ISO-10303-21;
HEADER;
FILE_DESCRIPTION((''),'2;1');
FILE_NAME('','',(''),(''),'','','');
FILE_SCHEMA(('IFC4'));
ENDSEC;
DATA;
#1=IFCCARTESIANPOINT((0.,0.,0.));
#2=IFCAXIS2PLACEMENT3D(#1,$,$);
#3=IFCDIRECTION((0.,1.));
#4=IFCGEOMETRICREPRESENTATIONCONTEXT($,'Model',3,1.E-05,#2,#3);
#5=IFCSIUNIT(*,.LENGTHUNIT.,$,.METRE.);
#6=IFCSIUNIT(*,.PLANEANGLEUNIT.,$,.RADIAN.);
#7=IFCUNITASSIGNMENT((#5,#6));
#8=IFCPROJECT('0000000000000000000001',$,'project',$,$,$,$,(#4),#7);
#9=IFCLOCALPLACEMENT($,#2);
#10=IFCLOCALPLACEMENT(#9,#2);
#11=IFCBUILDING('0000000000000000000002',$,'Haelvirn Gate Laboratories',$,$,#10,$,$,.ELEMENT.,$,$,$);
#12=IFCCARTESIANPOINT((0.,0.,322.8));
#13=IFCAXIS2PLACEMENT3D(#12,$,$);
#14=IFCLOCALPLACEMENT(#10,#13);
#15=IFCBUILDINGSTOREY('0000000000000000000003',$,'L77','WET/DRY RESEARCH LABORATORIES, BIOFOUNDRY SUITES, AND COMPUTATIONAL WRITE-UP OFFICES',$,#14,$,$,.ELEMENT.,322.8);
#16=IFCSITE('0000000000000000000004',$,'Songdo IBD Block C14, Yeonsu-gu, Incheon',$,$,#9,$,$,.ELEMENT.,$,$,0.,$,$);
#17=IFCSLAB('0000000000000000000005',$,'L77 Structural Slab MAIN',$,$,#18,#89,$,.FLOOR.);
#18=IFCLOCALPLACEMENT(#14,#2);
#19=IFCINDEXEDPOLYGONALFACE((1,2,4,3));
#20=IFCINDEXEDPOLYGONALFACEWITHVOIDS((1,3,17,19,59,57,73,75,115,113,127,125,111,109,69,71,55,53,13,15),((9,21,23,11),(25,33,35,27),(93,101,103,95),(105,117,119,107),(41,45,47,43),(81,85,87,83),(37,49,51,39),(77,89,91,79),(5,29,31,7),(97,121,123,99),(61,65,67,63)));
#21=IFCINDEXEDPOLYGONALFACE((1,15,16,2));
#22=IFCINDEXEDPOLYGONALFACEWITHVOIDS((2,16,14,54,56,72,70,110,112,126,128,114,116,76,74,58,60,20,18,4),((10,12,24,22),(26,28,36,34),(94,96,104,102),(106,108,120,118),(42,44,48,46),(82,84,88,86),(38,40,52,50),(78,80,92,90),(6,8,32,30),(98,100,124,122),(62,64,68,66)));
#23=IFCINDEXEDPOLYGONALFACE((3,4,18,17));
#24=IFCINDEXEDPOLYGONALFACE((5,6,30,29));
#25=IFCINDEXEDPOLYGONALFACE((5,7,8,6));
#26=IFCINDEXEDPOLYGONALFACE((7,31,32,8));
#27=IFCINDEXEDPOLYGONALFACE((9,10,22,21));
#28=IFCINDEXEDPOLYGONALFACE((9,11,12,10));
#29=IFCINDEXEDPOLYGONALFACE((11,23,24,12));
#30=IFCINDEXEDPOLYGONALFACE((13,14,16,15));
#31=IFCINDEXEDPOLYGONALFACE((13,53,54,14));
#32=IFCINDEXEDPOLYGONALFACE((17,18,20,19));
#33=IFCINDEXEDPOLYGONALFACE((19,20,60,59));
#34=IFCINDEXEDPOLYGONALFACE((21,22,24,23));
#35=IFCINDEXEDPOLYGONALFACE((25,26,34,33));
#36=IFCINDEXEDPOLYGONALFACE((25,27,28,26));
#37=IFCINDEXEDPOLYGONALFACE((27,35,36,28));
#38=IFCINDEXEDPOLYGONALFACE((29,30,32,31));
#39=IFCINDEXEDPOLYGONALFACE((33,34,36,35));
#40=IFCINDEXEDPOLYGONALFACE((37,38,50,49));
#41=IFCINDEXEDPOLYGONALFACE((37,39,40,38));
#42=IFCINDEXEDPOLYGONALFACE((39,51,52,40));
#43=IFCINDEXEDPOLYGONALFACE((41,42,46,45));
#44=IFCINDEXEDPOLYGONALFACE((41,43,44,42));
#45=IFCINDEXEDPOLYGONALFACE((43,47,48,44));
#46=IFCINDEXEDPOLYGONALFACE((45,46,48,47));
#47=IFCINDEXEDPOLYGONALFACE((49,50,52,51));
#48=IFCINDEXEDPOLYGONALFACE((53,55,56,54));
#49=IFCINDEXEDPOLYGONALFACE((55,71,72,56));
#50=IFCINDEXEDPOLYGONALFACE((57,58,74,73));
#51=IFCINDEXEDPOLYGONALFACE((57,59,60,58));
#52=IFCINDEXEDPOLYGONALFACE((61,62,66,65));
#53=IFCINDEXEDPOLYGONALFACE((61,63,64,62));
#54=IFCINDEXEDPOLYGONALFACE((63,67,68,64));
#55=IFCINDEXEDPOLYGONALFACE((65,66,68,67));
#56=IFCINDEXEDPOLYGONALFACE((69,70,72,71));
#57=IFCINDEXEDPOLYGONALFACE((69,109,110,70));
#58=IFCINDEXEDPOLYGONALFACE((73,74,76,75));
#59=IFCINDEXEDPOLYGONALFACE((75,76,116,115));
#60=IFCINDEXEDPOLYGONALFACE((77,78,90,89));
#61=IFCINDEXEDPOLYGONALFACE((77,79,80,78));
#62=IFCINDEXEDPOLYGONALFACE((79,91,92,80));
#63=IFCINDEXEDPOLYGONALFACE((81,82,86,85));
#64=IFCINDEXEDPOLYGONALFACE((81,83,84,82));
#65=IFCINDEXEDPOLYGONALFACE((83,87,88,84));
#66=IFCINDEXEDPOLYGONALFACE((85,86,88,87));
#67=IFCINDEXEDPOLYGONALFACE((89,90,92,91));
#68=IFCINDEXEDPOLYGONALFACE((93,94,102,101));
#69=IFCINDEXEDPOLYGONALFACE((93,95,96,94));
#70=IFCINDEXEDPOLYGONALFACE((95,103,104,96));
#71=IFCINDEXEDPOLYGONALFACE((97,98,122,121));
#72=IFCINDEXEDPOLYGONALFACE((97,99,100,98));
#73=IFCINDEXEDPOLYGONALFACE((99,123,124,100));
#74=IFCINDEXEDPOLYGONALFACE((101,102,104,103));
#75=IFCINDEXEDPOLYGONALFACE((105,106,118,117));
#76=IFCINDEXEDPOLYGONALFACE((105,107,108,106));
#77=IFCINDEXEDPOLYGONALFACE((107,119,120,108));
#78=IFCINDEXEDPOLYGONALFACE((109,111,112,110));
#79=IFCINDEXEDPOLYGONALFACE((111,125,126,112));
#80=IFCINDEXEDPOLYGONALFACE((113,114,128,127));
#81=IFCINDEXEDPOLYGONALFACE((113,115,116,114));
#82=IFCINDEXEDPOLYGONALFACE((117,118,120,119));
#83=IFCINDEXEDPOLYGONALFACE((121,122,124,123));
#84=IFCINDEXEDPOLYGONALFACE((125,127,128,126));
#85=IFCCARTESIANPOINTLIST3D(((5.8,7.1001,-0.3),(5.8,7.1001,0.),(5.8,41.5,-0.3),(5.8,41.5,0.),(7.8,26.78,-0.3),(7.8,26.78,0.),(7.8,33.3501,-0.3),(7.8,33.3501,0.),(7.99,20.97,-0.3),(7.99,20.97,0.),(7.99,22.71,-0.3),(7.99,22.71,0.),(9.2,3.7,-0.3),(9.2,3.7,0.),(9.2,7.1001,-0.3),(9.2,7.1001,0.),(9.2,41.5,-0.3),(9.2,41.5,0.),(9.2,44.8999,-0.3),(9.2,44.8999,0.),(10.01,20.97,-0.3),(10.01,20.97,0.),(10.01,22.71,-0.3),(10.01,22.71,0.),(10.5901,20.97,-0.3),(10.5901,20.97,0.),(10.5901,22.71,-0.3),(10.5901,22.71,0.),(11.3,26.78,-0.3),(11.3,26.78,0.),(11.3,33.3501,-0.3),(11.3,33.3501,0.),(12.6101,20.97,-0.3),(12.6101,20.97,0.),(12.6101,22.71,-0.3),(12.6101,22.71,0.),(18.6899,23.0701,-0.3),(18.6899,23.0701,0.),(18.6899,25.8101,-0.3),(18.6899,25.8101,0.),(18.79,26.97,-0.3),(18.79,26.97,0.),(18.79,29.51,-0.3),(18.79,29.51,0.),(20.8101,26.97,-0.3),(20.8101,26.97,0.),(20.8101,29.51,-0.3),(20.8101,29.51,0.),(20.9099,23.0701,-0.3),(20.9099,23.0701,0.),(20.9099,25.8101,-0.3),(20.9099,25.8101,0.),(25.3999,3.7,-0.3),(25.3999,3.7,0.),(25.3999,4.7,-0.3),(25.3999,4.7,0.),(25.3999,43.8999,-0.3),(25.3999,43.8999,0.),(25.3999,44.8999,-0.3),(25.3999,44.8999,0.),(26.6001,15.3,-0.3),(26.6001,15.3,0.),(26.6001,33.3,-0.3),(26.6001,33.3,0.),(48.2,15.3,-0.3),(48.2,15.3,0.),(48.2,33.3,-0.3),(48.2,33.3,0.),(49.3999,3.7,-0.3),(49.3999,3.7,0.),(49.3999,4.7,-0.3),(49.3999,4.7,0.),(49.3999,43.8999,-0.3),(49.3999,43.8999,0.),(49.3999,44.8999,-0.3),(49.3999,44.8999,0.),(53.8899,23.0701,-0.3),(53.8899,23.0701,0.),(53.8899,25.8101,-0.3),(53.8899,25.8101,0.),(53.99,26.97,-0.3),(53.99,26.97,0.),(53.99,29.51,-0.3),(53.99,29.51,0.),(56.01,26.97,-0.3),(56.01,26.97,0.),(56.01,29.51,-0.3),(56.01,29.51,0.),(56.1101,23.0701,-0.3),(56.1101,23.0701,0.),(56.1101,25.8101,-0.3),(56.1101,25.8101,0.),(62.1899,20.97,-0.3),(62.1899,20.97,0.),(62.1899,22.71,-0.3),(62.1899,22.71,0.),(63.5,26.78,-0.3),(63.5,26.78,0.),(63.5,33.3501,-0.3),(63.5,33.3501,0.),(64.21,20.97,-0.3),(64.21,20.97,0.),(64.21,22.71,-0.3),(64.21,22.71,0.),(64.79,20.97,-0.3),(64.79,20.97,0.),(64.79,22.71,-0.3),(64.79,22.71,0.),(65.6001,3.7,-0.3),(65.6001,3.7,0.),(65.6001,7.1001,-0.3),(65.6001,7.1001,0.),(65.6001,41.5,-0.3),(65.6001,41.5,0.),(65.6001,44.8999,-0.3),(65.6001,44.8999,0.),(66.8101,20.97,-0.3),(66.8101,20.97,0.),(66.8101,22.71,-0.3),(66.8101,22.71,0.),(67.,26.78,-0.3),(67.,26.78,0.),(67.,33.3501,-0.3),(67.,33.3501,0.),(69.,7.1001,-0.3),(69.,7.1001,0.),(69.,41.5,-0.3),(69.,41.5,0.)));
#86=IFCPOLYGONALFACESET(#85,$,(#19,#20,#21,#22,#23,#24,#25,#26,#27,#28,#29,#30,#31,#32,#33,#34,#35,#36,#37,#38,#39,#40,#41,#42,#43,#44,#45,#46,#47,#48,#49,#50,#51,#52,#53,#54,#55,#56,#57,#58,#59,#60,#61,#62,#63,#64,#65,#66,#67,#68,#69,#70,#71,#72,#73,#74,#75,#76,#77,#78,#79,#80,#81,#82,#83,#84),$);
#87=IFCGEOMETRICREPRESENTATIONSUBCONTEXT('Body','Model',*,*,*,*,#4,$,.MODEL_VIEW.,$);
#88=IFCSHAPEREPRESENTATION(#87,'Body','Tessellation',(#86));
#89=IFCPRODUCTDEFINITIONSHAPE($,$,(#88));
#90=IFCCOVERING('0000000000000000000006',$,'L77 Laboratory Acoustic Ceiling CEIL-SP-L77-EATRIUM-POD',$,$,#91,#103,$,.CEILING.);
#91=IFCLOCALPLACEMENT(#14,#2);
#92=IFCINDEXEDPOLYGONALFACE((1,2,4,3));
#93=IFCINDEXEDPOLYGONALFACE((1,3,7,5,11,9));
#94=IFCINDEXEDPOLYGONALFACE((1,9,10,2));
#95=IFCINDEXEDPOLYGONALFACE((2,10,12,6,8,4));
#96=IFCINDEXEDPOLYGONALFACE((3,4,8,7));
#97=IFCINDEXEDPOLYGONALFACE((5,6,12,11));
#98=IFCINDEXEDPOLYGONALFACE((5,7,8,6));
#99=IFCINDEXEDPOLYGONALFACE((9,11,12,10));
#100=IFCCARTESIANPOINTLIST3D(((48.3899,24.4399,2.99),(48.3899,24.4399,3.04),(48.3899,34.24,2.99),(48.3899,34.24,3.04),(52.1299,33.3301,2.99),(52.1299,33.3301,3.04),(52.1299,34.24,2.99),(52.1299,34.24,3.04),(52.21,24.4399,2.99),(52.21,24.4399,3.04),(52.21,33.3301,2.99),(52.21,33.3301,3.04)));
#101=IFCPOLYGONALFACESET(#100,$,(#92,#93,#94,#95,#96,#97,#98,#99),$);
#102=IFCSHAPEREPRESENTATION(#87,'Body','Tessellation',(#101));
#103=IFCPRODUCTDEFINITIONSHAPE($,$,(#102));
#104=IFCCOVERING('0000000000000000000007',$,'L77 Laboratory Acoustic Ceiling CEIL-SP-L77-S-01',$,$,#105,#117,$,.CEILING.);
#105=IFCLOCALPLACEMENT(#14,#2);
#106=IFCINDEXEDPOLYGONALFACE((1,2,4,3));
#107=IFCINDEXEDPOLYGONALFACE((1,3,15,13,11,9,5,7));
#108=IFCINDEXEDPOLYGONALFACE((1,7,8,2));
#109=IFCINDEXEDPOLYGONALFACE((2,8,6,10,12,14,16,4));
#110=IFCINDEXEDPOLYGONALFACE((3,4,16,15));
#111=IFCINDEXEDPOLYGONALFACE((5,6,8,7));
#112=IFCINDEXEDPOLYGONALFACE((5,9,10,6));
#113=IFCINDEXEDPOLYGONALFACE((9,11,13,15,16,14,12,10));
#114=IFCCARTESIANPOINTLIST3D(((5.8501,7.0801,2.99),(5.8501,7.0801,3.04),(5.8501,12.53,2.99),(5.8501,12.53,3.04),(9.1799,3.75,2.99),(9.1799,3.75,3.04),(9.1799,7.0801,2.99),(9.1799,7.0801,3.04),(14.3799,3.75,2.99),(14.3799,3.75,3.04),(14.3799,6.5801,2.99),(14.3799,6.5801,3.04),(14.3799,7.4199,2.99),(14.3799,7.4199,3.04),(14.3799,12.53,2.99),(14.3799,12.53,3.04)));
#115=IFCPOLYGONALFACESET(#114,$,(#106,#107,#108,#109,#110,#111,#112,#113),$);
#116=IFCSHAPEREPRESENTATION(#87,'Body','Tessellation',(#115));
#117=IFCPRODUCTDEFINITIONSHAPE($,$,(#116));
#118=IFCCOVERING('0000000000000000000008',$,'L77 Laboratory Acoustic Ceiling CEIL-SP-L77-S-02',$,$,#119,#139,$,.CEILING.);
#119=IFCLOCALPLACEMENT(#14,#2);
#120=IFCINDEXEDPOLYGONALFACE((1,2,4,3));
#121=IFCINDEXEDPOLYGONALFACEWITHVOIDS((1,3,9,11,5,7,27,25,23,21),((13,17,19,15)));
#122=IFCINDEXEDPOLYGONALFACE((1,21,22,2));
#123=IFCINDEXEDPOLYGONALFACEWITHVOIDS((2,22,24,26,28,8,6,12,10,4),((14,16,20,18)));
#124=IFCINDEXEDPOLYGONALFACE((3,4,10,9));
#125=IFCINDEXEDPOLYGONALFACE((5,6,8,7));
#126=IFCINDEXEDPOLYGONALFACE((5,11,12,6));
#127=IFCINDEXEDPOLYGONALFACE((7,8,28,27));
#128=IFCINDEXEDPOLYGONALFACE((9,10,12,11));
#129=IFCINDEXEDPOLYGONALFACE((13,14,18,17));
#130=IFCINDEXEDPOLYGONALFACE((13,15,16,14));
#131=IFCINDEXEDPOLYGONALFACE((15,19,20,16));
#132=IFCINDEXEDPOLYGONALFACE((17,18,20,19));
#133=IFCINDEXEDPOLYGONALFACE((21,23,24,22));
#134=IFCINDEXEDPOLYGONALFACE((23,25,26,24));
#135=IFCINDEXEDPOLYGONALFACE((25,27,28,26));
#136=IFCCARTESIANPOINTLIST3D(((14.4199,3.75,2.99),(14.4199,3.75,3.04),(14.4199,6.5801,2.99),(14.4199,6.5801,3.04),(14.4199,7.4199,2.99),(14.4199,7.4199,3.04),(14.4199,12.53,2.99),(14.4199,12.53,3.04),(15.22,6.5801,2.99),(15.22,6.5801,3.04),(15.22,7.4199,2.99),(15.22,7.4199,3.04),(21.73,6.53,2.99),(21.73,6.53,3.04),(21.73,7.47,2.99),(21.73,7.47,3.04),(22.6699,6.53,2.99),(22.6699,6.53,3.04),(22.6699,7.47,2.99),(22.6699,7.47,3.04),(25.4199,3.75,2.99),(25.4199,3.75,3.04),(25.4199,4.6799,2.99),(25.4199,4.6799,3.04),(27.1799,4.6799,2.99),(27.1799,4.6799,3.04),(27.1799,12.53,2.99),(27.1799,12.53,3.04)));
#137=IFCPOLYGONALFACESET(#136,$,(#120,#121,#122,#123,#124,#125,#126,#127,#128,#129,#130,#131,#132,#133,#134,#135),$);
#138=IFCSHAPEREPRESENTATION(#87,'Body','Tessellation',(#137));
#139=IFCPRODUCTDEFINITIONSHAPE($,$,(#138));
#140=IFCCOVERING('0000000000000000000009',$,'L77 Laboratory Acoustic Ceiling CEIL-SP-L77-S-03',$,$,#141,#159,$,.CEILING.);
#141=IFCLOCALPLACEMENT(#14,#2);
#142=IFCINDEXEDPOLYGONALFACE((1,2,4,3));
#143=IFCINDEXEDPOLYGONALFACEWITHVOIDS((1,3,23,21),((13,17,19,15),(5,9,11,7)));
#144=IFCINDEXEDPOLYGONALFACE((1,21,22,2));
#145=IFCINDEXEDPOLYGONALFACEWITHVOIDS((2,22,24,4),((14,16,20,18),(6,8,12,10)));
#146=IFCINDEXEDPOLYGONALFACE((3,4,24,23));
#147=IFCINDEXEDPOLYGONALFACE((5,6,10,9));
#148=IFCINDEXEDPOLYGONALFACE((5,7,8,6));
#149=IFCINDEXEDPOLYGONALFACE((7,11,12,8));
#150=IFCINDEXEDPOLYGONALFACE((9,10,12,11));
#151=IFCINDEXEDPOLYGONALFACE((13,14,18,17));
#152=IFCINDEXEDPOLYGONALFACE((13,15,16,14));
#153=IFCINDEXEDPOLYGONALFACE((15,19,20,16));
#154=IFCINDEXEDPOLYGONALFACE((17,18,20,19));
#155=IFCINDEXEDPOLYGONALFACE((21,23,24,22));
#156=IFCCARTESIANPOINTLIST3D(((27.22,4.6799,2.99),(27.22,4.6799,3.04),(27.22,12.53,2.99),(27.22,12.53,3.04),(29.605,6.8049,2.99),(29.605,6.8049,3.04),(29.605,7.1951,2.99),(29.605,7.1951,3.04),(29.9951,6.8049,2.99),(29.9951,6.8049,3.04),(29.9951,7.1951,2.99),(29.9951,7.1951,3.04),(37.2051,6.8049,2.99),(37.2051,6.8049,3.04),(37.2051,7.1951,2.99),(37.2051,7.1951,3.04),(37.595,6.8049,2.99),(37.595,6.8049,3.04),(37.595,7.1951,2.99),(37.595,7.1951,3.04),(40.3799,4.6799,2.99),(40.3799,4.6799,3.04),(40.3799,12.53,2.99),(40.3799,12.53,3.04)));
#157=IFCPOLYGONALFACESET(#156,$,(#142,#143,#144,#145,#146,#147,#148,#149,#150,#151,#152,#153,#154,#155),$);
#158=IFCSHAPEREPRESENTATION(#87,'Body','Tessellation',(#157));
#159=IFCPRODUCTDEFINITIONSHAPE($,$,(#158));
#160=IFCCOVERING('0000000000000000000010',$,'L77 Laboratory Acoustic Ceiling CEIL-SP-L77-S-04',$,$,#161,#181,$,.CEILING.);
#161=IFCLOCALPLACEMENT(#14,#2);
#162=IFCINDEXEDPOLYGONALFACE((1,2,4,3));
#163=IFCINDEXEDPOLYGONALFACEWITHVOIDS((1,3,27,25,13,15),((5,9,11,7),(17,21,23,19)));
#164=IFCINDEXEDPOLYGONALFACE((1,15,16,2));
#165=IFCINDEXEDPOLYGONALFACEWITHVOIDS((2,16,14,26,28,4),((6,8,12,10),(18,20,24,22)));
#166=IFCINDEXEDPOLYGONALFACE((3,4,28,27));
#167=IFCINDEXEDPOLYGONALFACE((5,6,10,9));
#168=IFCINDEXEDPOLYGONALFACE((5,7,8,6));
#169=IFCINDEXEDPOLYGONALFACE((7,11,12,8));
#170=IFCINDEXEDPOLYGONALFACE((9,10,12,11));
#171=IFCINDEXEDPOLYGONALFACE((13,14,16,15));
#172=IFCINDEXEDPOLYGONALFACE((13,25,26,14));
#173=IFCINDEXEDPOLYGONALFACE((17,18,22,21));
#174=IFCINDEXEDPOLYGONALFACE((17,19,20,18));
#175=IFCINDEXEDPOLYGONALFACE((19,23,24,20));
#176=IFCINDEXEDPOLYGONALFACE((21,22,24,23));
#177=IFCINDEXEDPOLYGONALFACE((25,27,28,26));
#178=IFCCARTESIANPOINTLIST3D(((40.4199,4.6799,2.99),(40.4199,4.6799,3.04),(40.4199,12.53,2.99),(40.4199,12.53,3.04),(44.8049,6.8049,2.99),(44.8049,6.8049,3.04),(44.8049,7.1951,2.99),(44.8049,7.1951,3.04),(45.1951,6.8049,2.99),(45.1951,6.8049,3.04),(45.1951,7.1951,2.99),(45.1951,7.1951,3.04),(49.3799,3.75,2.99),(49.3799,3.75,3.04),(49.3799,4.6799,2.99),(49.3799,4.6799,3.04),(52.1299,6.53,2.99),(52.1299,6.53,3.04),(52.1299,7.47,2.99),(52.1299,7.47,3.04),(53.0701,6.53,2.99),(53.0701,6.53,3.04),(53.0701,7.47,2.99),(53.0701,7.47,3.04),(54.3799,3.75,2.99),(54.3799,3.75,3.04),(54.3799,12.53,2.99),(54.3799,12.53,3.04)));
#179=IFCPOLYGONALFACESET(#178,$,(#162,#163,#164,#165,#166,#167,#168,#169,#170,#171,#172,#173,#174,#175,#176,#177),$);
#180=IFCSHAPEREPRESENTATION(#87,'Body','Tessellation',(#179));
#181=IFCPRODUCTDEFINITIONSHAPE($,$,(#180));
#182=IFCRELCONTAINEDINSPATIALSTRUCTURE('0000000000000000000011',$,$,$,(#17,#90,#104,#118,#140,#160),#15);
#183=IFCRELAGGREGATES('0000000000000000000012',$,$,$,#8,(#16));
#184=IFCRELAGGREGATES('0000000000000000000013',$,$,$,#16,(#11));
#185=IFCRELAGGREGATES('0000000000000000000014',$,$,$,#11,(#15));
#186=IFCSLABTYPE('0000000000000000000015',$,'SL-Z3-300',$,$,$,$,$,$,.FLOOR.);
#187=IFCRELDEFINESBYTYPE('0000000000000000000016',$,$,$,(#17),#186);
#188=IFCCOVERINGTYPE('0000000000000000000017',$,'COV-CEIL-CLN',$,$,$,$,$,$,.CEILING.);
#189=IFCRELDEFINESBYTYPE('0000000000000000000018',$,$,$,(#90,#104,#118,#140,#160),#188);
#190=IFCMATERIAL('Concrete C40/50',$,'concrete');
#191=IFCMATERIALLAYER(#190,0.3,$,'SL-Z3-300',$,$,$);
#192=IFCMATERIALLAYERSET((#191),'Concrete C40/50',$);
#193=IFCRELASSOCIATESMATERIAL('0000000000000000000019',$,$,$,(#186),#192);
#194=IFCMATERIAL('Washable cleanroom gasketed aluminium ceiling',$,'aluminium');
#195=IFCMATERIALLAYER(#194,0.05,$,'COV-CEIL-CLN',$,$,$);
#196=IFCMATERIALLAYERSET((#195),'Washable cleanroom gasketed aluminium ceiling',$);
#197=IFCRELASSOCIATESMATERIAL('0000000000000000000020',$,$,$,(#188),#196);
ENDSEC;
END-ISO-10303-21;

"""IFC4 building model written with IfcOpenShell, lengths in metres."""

from ifc_helpers import new_model, si_unit, direction, frame, origin, place, context, subcontext, project, spatial, polyline, outline, extrude, material, layer, layer_set, type_object, element, save


model = new_model("IFC4")

# Units and contexts
model_context = context("Model", 3, precision=1e-05, world=origin(), true_north=direction((0.0, 1.0)))
body_context = subcontext(model_context, "Body", "Model", "MODEL_VIEW")
ifc_project = project(units=[si_unit("LENGTHUNIT", "METRE"), si_unit("PLANEANGLEUNIT", "RADIAN")], contexts=[model_context])

# Site, building, storey
site_placement = place(None, origin())
site = spatial("IfcSite", under=ifc_project, at=site_placement, Name="Songdo IBD Block C14, Yeonsu-gu, Incheon", CompositionType="ELEMENT", RefElevation=0.0)
building_placement = place(site_placement, origin())
building = spatial("IfcBuilding", under=site, at=building_placement, Name="Haelvirn Gate Laboratories", CompositionType="ELEMENT")
storey_placement = place(building_placement, frame((0.0, 0.0, 322.8)))
storey = spatial("IfcBuildingStorey", under=building, at=storey_placement, Name="L77", Description="WET/DRY RESEARCH LABORATORIES, BIOFOUNDRY SUITES, AND COMPUTATIONAL WRITE-UP OFFICES", CompositionType="ELEMENT", Elevation=322.8)

# Slab
ifc_material_1 = material(Name="Concrete C40/50", Category="concrete")
ifc_layer_1 = layer(ifc_material_1, 0.3, Name="SL-Z3-300")
ifc_layer_set_1 = layer_set([ifc_layer_1], Name="Concrete C40/50")
slab_type = type_object("IfcSlabType", Name="SL-Z3-300", PredefinedType="FLOOR", material=ifc_layer_set_1)
slab_placement = place(storey_placement, frame((0.0, 0.0, -0.3)))
element("IfcSlab", 1, at=slab_placement, inside=storey, type_object=slab_type, Name="L77 Structural Slab MAIN", PredefinedType="FLOOR", context=body_context, shape_type="SweptSolid", body=[
    extrude(outline(polyline([(9.2, 3.7), (25.3999, 3.7), (25.3999, 4.7), (49.3999, 4.7), (49.3999, 3.7), (65.6001, 3.7), (65.6001, 7.1001), (69.0, 7.1001), (69.0, 41.5), (65.6001, 41.5), (65.6001, 44.8999), (49.3999, 44.8999), (49.3999, 43.8999), (25.3999, 43.8999), (25.3999, 44.8999), (9.2, 44.8999), (9.2, 41.5), (5.8, 41.5), (5.8, 7.1001), (9.2, 7.1001), (9.2, 3.7)]), holes=[polyline([(26.6001, 15.3), (48.2, 15.3), (48.2, 33.3), (26.6001, 33.3), (26.6001, 15.3)]), polyline([(11.3, 26.78), (11.3, 33.3501), (7.8, 33.3501), (7.8, 26.78), (11.3, 26.78)]), polyline([(67.0, 26.78), (67.0, 33.3501), (63.5, 33.3501), (63.5, 26.78), (67.0, 26.78)]), polyline([(7.99, 20.97), (10.01, 20.97), (10.01, 22.71), (7.99, 22.71), (7.99, 20.97)]), polyline([(10.5901, 20.97), (12.6101, 20.97), (12.6101, 22.71), (10.5901, 22.71), (10.5901, 20.97)]), polyline([(18.79, 26.97), (20.8101, 26.97), (20.8101, 29.51), (18.79, 29.51), (18.79, 26.97)]), polyline([(18.6899, 23.0701), (20.9099, 23.0701), (20.9099, 25.8101), (18.6899, 25.8101), (18.6899, 23.0701)]), polyline([(64.79, 20.97), (66.8101, 20.97), (66.8101, 22.71), (64.79, 22.71), (64.79, 20.97)]), polyline([(62.1899, 20.97), (64.21, 20.97), (64.21, 22.71), (62.1899, 22.71), (62.1899, 20.97)]), polyline([(53.99, 26.97), (56.01, 26.97), (56.01, 29.51), (53.99, 29.51), (53.99, 26.97)]), polyline([(53.8899, 23.0701), (56.1101, 23.0701), (56.1101, 25.8101), (53.8899, 25.8101), (53.8899, 23.0701)])]), origin(), (0.0, 0.0, 1.0), 0.3),
])

# Coverings
ifc_material_2 = material(Name="Washable cleanroom gasketed aluminium ceiling", Category="aluminium")
ifc_layer_2 = layer(ifc_material_2, 0.05, Name="COV-CEIL-CLN")
ifc_layer_set_2 = layer_set([ifc_layer_2], Name="Washable cleanroom gasketed aluminium ceiling")
covering_type_1 = type_object("IfcCoveringType", Name="COV-CEIL-CLN", PredefinedType="CEILING", material=ifc_layer_set_2)
covering_1_placement = place(storey_placement, frame((0.0, 0.0, 2.99)))
element("IfcCovering", 2, at=covering_1_placement, inside=storey, type_object=covering_type_1, Name="L77 Laboratory Acoustic Ceiling CEIL-SP-L77-EATRIUM-POD", PredefinedType="CEILING", context=body_context, shape_type="SweptSolid", body=[
    extrude(outline(polyline([(52.21, 24.4399), (48.3899, 24.4399), (48.3899, 34.24), (52.1299, 34.24), (52.1299, 33.3301), (52.21, 33.3301), (52.21, 24.4399)])), origin(), (0.0, 0.0, 1.0), 0.05),
])
covering_2_placement = place(storey_placement, frame((0.0, 0.0, 2.99)))
element("IfcCovering", 3, at=covering_2_placement, inside=storey, type_object=covering_type_1, Name="L77 Laboratory Acoustic Ceiling CEIL-SP-L77-S-01", PredefinedType="CEILING", context=body_context, shape_type="SweptSolid", body=[
    extrude(outline(polyline([(5.8501, 7.0801), (5.8501, 12.53), (14.3799, 12.53), (14.3799, 7.4199), (14.3799, 6.5801), (14.3799, 3.75), (9.1799, 3.75), (9.1799, 7.0801), (5.8501, 7.0801)])), origin(), (0.0, 0.0, 1.0), 0.05),
])
covering_3_placement = place(storey_placement, frame((0.0, 0.0, 2.99)))
element("IfcCovering", 4, at=covering_3_placement, inside=storey, type_object=covering_type_1, Name="L77 Laboratory Acoustic Ceiling CEIL-SP-L77-S-02", PredefinedType="CEILING", context=body_context, shape_type="SweptSolid", body=[
    extrude(outline(polyline([(27.1799, 12.53), (27.1799, 4.6799), (25.4199, 4.6799), (25.4199, 3.75), (14.4199, 3.75), (14.4199, 6.5801), (15.22, 6.5801), (15.22, 7.4199), (14.4199, 7.4199), (14.4199, 12.53), (27.1799, 12.53)]), holes=[polyline([(22.6699, 7.47), (21.73, 7.47), (21.73, 6.53), (22.6699, 6.53), (22.6699, 7.47)])]), origin(), (0.0, 0.0, 1.0), 0.05),
])
covering_4_placement = place(storey_placement, frame((0.0, 0.0, 2.99)))
element("IfcCovering", 5, at=covering_4_placement, inside=storey, type_object=covering_type_1, Name="L77 Laboratory Acoustic Ceiling CEIL-SP-L77-S-03", PredefinedType="CEILING", context=body_context, shape_type="SweptSolid", body=[
    extrude(outline(polyline([(40.3799, 12.53), (40.3799, 4.6799), (27.22, 4.6799), (27.22, 12.53), (40.3799, 12.53)]), holes=[polyline([(29.605, 7.1951), (29.605, 6.8049), (29.9951, 6.8049), (29.9951, 7.1951), (29.605, 7.1951)]), polyline([(37.595, 7.1951), (37.2051, 7.1951), (37.2051, 6.8049), (37.595, 6.8049), (37.595, 7.1951)])]), origin(), (0.0, 0.0, 1.0), 0.05),
])
covering_5_placement = place(storey_placement, frame((0.0, 0.0, 2.99)))
element("IfcCovering", 6, at=covering_5_placement, inside=storey, type_object=covering_type_1, Name="L77 Laboratory Acoustic Ceiling CEIL-SP-L77-S-04", PredefinedType="CEILING", context=body_context, shape_type="SweptSolid", body=[
    extrude(outline(polyline([(40.4199, 4.6799), (40.4199, 12.53), (54.3799, 12.53), (54.3799, 3.75), (49.3799, 3.75), (49.3799, 4.6799), (40.4199, 4.6799)]), holes=[polyline([(52.1299, 7.47), (52.1299, 6.53), (53.0701, 6.53), (53.0701, 7.47), (52.1299, 7.47)]), polyline([(45.1951, 7.1951), (44.8049, 7.1951), (44.8049, 6.8049), (45.1951, 6.8049), (45.1951, 7.1951)])]), origin(), (0.0, 0.0, 1.0), 0.05),
])

save(model, "model.ifc")
